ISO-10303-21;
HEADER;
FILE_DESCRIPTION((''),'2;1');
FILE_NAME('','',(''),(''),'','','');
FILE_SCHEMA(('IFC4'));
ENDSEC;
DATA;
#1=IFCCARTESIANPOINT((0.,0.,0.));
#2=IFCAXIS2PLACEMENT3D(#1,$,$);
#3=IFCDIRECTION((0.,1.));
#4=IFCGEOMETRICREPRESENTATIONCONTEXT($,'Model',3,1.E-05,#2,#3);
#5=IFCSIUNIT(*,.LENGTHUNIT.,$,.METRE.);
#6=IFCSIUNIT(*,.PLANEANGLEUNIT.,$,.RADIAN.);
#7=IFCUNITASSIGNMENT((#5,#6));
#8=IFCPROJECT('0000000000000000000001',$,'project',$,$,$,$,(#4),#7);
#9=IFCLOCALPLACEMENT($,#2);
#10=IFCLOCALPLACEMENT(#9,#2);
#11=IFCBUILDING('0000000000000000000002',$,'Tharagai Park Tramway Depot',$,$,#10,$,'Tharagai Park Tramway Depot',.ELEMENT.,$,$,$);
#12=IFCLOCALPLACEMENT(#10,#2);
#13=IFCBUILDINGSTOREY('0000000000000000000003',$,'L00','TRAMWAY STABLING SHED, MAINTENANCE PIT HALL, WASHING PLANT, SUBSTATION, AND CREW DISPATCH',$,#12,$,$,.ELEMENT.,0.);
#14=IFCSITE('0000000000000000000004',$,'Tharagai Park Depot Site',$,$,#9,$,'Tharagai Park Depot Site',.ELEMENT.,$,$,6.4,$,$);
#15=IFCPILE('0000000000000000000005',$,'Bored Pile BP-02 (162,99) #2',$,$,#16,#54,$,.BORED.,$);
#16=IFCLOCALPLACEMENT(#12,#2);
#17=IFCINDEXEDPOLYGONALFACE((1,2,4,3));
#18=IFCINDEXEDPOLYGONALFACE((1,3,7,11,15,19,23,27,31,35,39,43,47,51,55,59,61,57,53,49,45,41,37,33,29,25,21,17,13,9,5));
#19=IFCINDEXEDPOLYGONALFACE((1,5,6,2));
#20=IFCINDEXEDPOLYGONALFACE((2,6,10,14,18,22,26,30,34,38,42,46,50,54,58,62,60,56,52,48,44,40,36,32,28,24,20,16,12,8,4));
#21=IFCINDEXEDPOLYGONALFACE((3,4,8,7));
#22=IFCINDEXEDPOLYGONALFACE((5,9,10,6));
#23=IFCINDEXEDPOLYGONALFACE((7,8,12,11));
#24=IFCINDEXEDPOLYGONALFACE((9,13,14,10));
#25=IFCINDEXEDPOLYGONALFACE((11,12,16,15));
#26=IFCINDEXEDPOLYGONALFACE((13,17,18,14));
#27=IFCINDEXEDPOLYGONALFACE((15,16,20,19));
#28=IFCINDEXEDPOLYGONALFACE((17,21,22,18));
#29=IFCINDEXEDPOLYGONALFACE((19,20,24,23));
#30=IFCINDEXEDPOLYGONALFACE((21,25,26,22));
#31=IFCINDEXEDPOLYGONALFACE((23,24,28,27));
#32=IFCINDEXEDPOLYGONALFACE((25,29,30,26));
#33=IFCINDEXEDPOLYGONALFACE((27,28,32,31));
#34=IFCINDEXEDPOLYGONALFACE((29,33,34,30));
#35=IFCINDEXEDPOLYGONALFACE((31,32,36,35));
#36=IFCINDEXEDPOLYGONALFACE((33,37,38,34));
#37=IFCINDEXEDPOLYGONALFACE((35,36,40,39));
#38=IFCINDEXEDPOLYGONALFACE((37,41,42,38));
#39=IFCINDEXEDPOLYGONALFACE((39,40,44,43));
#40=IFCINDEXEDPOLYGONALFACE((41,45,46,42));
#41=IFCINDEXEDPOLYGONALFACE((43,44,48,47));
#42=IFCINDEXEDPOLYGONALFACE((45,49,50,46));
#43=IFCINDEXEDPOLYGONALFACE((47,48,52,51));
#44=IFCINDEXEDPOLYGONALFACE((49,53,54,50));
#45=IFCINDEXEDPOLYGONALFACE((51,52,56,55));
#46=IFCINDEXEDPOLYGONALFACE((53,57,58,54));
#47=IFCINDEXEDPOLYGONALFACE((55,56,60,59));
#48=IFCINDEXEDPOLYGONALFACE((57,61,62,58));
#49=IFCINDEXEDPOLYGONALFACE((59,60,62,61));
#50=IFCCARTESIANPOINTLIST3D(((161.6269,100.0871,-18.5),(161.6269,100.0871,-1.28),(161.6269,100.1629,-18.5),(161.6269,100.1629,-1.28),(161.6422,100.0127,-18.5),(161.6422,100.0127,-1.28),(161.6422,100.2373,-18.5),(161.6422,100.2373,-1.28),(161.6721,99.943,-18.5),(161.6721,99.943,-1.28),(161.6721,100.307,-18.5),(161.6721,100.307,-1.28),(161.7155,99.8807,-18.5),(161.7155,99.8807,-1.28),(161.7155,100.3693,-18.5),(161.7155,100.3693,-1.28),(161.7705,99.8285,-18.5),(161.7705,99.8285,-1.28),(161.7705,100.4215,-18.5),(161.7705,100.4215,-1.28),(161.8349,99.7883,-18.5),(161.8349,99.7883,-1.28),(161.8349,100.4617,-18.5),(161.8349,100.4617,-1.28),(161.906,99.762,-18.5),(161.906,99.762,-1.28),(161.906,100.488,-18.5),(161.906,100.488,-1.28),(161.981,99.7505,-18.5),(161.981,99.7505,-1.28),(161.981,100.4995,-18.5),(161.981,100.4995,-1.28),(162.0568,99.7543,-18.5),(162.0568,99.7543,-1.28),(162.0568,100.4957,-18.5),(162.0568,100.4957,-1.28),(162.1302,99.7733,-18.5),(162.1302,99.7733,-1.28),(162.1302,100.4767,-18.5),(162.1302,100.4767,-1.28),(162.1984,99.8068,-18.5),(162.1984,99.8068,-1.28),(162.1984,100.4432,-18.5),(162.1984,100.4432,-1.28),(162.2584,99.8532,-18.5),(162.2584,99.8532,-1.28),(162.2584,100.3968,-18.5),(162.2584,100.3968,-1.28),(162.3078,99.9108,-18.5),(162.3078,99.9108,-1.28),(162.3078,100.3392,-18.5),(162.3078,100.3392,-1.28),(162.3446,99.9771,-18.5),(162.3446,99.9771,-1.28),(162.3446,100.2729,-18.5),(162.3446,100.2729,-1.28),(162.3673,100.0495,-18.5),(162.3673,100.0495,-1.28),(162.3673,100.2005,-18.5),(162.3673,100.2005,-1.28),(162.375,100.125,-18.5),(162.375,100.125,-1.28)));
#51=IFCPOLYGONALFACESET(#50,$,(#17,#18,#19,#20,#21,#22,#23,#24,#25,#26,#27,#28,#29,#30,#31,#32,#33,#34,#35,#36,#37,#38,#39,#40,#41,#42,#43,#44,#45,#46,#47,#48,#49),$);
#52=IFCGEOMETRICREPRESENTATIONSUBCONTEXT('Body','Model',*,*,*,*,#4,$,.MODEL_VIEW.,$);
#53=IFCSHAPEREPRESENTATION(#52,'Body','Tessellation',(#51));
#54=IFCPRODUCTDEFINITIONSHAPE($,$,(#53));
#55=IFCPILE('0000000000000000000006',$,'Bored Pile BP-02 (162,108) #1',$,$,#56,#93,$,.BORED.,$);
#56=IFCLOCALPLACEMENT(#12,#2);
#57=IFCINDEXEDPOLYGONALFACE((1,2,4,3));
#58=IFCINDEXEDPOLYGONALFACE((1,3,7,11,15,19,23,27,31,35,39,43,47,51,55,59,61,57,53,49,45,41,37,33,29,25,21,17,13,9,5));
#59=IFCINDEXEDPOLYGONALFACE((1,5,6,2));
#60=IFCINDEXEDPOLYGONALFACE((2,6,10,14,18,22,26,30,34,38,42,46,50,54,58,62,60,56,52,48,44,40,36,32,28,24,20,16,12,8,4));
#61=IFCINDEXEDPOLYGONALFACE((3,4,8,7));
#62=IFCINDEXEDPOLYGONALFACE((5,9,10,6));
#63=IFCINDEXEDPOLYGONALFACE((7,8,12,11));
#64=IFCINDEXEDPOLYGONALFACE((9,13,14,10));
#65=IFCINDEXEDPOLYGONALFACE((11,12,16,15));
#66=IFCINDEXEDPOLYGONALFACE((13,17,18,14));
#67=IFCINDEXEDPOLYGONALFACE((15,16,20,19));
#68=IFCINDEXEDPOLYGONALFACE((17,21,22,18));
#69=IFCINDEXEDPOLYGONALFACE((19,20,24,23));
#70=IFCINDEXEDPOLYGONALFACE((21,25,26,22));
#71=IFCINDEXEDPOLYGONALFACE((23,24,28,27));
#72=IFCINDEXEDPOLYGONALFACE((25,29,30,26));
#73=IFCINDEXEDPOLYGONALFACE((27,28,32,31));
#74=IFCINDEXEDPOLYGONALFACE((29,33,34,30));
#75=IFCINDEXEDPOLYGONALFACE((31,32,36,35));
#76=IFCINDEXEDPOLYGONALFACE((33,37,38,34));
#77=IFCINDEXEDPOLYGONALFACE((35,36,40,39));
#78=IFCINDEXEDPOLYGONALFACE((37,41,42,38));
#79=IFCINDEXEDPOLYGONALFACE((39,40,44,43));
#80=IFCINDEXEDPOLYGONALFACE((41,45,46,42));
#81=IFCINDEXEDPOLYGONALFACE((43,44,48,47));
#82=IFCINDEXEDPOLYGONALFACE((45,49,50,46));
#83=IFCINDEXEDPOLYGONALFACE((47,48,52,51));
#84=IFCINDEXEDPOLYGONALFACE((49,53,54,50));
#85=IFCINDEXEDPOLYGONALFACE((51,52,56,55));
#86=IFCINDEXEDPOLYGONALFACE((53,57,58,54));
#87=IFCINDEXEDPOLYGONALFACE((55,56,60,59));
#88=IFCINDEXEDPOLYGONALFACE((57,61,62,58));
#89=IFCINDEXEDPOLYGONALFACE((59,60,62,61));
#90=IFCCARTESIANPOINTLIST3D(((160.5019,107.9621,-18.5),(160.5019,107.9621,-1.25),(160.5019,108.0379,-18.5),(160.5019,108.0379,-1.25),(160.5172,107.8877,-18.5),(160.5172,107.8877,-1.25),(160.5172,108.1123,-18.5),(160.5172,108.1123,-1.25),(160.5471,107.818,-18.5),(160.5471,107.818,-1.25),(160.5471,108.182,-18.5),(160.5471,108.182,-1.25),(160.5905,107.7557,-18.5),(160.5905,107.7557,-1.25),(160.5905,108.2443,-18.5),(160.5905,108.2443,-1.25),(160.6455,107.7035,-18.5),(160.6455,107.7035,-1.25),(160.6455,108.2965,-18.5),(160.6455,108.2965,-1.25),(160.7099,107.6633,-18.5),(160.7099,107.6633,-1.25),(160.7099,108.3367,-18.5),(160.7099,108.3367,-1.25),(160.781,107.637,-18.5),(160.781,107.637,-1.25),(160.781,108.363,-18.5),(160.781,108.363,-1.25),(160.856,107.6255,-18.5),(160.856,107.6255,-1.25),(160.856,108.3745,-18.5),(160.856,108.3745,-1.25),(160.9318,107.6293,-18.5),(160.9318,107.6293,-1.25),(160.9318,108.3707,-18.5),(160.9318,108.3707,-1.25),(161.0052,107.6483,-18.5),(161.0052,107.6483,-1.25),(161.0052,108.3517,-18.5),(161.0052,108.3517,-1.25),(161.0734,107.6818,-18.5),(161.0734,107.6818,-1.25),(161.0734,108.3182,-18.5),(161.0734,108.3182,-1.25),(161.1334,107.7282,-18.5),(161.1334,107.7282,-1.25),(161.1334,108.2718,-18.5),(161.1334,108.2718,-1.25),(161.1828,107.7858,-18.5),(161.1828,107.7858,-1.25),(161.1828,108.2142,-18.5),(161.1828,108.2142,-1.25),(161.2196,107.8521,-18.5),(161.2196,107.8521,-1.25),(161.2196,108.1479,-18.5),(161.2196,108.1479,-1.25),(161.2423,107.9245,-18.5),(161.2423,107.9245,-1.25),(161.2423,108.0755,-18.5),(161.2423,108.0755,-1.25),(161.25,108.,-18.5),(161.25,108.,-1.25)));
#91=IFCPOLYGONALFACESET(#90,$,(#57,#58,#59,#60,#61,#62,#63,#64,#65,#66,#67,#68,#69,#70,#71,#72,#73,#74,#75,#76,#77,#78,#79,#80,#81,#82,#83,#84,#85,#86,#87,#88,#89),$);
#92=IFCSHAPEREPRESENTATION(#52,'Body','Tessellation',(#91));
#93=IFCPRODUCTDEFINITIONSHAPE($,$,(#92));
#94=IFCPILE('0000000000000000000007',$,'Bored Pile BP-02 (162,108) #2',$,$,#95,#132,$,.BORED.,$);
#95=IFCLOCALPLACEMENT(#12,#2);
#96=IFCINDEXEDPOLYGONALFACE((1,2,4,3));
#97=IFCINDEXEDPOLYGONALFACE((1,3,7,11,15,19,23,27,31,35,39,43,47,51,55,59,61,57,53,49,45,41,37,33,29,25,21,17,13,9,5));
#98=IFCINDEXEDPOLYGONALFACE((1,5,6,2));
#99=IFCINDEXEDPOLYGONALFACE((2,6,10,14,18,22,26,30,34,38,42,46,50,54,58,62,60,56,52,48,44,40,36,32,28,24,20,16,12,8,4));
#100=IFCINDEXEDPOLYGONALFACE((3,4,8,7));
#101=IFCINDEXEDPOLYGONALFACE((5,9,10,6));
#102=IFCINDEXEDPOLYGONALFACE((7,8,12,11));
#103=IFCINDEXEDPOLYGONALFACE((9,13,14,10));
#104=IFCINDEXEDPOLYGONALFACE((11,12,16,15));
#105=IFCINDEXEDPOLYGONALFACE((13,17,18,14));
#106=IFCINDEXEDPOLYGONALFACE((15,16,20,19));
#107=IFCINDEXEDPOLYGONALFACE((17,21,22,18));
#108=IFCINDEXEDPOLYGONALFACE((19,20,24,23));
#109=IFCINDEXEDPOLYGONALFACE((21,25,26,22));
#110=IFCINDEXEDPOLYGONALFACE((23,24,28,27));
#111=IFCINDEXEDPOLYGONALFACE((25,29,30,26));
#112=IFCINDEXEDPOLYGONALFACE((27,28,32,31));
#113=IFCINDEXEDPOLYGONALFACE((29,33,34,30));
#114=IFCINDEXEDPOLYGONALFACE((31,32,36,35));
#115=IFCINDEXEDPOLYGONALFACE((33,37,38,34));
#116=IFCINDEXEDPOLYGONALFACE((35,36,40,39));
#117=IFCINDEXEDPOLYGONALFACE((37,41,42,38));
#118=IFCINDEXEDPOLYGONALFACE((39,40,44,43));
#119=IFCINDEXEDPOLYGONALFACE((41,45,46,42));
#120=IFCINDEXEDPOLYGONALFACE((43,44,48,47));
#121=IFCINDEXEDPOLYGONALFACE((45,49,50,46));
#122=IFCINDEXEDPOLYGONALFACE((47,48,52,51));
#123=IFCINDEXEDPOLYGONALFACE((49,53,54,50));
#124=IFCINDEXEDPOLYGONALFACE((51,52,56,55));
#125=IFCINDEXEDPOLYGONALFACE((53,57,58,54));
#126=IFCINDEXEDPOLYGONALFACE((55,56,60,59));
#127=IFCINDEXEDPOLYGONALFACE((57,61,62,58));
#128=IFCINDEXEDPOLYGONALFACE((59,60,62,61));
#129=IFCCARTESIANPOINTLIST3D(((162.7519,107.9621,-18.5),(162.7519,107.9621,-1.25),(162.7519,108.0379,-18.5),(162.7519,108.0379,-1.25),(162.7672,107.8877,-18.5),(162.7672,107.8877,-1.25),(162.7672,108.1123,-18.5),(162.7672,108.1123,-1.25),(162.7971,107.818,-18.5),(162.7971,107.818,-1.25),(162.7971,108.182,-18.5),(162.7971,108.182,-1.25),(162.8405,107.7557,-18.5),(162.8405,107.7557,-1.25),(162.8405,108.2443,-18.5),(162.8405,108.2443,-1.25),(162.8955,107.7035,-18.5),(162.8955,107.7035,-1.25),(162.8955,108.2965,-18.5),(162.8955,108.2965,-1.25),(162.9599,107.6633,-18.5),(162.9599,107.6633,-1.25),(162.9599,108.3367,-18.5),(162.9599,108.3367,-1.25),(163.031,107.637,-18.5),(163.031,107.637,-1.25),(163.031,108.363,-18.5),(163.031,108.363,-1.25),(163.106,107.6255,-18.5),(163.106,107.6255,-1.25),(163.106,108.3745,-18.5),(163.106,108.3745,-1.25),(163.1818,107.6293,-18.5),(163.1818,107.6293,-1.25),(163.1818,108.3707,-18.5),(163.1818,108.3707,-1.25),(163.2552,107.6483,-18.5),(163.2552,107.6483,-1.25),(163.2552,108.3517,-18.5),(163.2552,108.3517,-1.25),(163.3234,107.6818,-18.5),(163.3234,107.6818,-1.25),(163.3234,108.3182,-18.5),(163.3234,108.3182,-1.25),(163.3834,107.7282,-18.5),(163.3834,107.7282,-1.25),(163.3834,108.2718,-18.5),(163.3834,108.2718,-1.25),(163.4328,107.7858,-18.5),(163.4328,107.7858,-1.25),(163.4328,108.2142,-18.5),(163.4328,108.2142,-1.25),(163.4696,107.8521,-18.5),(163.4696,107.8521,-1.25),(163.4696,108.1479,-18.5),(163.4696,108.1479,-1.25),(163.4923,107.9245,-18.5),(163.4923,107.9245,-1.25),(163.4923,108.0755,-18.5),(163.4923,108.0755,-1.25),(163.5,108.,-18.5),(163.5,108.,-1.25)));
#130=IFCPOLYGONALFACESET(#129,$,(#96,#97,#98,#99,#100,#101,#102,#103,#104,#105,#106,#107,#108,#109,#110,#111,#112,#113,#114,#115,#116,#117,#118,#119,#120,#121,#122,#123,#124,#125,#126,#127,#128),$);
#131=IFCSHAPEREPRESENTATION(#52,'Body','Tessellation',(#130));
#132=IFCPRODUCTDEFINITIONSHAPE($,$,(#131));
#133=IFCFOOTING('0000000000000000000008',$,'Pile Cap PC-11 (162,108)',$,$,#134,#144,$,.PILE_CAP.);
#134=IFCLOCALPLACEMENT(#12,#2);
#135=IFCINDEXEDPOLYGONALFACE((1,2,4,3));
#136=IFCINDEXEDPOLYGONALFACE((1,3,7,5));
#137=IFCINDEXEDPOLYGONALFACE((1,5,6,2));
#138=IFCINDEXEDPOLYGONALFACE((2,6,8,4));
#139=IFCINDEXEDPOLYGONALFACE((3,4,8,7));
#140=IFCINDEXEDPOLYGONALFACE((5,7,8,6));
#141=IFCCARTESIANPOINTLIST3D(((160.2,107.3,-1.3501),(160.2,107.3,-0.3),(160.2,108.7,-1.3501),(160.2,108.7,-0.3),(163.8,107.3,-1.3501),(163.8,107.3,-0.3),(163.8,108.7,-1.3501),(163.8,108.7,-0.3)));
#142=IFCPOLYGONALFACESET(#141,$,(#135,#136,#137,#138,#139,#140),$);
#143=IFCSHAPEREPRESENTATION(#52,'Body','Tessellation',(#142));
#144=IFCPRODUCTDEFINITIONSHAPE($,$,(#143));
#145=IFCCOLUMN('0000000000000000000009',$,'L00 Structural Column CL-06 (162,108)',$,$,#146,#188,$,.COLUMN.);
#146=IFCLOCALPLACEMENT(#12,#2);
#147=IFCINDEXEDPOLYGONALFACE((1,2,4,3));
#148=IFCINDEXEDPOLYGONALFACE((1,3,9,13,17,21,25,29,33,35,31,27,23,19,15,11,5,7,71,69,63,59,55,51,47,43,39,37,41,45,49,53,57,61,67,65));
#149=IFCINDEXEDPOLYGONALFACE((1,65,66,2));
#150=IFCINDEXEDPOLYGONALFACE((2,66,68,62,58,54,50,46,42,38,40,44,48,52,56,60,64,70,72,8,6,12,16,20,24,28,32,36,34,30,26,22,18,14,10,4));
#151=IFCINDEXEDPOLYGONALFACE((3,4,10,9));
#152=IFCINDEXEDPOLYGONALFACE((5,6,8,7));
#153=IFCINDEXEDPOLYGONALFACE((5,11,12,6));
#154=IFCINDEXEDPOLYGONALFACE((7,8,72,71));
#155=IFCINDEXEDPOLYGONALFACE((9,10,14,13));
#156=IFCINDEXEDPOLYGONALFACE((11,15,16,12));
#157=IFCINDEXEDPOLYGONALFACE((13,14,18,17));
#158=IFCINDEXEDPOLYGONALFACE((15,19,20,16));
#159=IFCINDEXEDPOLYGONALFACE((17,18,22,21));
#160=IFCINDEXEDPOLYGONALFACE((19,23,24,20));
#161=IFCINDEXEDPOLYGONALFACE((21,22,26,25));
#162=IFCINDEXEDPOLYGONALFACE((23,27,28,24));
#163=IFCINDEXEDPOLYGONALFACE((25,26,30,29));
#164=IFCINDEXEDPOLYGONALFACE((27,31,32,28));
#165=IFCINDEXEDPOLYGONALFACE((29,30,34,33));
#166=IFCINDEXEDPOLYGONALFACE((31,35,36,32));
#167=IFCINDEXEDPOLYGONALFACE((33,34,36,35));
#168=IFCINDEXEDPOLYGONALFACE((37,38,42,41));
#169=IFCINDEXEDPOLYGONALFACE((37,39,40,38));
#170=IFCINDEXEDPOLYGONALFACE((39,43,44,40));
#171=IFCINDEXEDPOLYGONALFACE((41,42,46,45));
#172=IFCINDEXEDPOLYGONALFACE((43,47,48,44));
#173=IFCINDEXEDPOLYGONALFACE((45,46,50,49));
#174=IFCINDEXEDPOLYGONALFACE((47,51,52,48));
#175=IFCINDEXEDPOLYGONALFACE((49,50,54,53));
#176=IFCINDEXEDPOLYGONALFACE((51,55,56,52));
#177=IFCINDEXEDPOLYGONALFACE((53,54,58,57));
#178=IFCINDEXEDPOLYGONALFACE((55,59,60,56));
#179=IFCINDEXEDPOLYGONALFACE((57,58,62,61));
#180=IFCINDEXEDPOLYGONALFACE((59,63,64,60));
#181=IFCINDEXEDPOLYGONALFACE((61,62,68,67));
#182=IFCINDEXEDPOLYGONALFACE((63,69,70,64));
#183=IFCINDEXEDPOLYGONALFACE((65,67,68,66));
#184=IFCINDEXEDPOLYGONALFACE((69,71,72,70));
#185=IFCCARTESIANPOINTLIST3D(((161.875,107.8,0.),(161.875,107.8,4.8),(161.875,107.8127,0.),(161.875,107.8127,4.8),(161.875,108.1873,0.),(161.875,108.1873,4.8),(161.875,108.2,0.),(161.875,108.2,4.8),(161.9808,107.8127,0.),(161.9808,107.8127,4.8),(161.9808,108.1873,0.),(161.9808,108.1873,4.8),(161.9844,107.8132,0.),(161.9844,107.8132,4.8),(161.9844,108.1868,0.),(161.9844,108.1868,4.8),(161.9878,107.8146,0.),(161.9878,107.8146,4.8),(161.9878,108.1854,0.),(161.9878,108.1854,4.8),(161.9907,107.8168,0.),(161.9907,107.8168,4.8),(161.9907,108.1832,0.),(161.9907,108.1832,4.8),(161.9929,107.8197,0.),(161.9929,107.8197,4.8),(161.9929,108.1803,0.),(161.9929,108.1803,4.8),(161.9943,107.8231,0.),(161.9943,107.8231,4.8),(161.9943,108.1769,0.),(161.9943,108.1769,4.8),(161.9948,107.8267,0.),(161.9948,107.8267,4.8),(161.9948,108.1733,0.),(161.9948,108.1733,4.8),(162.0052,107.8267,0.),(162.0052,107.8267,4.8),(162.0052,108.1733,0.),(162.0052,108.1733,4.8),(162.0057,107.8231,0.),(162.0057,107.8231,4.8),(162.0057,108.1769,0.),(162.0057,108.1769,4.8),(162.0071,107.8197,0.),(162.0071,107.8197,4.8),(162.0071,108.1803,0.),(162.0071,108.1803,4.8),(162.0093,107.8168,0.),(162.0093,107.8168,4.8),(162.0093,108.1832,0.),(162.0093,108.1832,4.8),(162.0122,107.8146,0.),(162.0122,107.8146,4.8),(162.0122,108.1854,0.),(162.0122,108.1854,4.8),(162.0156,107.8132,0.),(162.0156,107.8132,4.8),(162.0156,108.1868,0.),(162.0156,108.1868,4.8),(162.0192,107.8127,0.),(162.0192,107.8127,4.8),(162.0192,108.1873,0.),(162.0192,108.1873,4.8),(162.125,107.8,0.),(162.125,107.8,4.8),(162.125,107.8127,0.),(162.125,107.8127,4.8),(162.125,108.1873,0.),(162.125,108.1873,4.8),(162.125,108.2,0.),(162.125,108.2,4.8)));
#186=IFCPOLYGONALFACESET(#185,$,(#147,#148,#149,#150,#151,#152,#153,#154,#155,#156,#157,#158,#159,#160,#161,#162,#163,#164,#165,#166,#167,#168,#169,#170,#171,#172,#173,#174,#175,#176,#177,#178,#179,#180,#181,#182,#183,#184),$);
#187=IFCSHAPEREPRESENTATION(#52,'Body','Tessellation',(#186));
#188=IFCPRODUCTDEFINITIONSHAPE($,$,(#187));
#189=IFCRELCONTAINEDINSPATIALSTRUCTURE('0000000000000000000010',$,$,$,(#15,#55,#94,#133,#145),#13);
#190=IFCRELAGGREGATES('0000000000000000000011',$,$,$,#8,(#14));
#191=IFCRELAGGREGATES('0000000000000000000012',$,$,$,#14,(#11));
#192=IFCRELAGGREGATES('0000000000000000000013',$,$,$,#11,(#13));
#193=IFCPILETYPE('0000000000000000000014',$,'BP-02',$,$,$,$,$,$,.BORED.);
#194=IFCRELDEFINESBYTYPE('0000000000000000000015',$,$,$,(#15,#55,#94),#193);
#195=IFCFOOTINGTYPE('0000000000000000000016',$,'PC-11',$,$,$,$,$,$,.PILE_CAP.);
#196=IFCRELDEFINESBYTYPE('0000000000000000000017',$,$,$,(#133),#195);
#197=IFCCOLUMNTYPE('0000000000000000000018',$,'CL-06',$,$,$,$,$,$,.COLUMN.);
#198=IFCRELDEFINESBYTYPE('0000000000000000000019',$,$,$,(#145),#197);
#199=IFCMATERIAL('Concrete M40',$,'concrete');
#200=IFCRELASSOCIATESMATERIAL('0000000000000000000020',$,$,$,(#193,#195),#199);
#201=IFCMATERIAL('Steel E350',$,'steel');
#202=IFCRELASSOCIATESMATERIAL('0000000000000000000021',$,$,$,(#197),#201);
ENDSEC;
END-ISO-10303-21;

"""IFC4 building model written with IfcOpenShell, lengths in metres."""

from ifc_helpers import new_model, si_unit, direction, frame, origin, origin_2d, place, context, subcontext, project, spatial, rectangle, circle, i_section, extrude, material, material_profile, profile_set, type_object, element, save


model = new_model("IFC4")

# Units and contexts
model_context = context("Model", 3, precision=1e-05, world=origin(), true_north=direction((0.0, 1.0)))
body_context = subcontext(model_context, "Body", "Model", "MODEL_VIEW")
ifc_project = project(units=[si_unit("LENGTHUNIT", "METRE"), si_unit("PLANEANGLEUNIT", "RADIAN")], contexts=[model_context])

# Site, building, storey
site_placement = place(None, origin())
site = spatial("IfcSite", under=ifc_project, at=site_placement, Name="Tharagai Park Depot Site", LongName="Tharagai Park Depot Site", CompositionType="ELEMENT", RefElevation=6.4)
building_placement = place(site_placement, origin())
building = spatial("IfcBuilding", under=site, at=building_placement, Name="Tharagai Park Tramway Depot", LongName="Tharagai Park Tramway Depot", CompositionType="ELEMENT")
storey_placement = place(building_placement, origin())
storey = spatial("IfcBuildingStorey", under=building, at=storey_placement, Name="L00", Description="TRAMWAY STABLING SHED, MAINTENANCE PIT HALL, WASHING PLANT, SUBSTATION, AND CREW DISPATCH", CompositionType="ELEMENT", Elevation=0.0)

# Piles
ifc_material_1 = material(Name="Concrete M40", Category="concrete")
ifc_material_profile_1 = material_profile(ifc_material_1, circle(Radius=0.375, at=origin_2d()), Name="PILE D750")
ifc_profile_set_1 = profile_set([ifc_material_profile_1], Name="Concrete M40")
pile_type = type_object("IfcPileType", Name="BP-02", PredefinedType="BORED", material=ifc_profile_set_1)
pile_placement = place(storey_placement, frame((162.0, 100.125, -1.28), z_axis=(0.0, 0.0, -1.0), x_axis=(1.0, 0.0, 0.0)))
element("IfcPile", 1, at=pile_placement, inside=storey, type_object=pile_type, Name="Bored Pile BP-02 (162,99) #2", PredefinedType="BORED", context=body_context, shape_type="SweptSolid", body=[
    extrude(circle(Radius=0.375, at=origin_2d()), origin(), (0.0, 0.0, 1.0), 17.22),
])
for number, where, z_axis, x_axis, name in (
    (2, (160.875, 108.0, -1.25), (0.0, 0.0, -1.0), (1.0, 0.0, 0.0), "Bored Pile BP-02 (162,108) #1"),
    (3, (163.125, 108.0, -1.25), (0.0, 0.0, -1.0), (1.0, 0.0, 0.0), "Bored Pile BP-02 (162,108) #2"),
):
    element("IfcPile", number, at=place(storey_placement, frame(where, z_axis=z_axis, x_axis=x_axis)), inside=storey, type_object=pile_type, Name=name, PredefinedType="BORED", context=body_context, shape_type="SweptSolid", body=[
        extrude(circle(Radius=0.375, at=origin_2d()), origin(), (0.0, 0.0, 1.0), 17.25),
    ])

# Footing
footing_type = type_object("IfcFootingType", Name="PC-11", PredefinedType="PILE_CAP", material=ifc_material_1)
footing_placement = place(storey_placement, frame((162.0, 108.0, -1.3501), z_axis=(0.0, 0.0, 1.0), x_axis=(1.0, 0.0, 0.0)))
element("IfcFooting", 4, at=footing_placement, inside=storey, type_object=footing_type, Name="Pile Cap PC-11 (162,108)", PredefinedType="PILE_CAP", context=body_context, shape_type="SweptSolid", body=[
    extrude(rectangle(XDim=3.6001, YDim=1.3999, at=origin_2d()), origin(), (0.0, 0.0, 1.0), 1.05),
])

# Column
ifc_material_2 = material(Name="Steel E350", Category="steel")
ifc_material_profile_2 = material_profile(ifc_material_2, i_section(OverallWidth=0.25, OverallDepth=0.3999, WebThickness=0.0105, FlangeThickness=0.0127, FilletRadius=0.0139, at=origin_2d()), Name="ISHB 400")
ifc_profile_set_2 = profile_set([ifc_material_profile_2], Name="Steel E350")
column_type = type_object("IfcColumnType", Name="CL-06", PredefinedType="COLUMN", material=ifc_profile_set_2)
column_placement = place(storey_placement, frame((162.0, 108.0, 0.0), z_axis=(0.0, 0.0, 1.0), x_axis=(1.0, 0.0, 0.0)))
element("IfcColumn", 5, at=column_placement, inside=storey, type_object=column_type, Name="L00 Structural Column CL-06 (162,108)", PredefinedType="COLUMN", context=body_context, shape_type="SweptSolid", body=[
    extrude(i_section(OverallWidth=0.25, OverallDepth=0.3999, WebThickness=0.0105, FlangeThickness=0.0127, FilletRadius=0.0139, at=origin_2d()), origin(), (0.0, 0.0, 1.0), 4.8),
])

save(model, "model.ifc")
